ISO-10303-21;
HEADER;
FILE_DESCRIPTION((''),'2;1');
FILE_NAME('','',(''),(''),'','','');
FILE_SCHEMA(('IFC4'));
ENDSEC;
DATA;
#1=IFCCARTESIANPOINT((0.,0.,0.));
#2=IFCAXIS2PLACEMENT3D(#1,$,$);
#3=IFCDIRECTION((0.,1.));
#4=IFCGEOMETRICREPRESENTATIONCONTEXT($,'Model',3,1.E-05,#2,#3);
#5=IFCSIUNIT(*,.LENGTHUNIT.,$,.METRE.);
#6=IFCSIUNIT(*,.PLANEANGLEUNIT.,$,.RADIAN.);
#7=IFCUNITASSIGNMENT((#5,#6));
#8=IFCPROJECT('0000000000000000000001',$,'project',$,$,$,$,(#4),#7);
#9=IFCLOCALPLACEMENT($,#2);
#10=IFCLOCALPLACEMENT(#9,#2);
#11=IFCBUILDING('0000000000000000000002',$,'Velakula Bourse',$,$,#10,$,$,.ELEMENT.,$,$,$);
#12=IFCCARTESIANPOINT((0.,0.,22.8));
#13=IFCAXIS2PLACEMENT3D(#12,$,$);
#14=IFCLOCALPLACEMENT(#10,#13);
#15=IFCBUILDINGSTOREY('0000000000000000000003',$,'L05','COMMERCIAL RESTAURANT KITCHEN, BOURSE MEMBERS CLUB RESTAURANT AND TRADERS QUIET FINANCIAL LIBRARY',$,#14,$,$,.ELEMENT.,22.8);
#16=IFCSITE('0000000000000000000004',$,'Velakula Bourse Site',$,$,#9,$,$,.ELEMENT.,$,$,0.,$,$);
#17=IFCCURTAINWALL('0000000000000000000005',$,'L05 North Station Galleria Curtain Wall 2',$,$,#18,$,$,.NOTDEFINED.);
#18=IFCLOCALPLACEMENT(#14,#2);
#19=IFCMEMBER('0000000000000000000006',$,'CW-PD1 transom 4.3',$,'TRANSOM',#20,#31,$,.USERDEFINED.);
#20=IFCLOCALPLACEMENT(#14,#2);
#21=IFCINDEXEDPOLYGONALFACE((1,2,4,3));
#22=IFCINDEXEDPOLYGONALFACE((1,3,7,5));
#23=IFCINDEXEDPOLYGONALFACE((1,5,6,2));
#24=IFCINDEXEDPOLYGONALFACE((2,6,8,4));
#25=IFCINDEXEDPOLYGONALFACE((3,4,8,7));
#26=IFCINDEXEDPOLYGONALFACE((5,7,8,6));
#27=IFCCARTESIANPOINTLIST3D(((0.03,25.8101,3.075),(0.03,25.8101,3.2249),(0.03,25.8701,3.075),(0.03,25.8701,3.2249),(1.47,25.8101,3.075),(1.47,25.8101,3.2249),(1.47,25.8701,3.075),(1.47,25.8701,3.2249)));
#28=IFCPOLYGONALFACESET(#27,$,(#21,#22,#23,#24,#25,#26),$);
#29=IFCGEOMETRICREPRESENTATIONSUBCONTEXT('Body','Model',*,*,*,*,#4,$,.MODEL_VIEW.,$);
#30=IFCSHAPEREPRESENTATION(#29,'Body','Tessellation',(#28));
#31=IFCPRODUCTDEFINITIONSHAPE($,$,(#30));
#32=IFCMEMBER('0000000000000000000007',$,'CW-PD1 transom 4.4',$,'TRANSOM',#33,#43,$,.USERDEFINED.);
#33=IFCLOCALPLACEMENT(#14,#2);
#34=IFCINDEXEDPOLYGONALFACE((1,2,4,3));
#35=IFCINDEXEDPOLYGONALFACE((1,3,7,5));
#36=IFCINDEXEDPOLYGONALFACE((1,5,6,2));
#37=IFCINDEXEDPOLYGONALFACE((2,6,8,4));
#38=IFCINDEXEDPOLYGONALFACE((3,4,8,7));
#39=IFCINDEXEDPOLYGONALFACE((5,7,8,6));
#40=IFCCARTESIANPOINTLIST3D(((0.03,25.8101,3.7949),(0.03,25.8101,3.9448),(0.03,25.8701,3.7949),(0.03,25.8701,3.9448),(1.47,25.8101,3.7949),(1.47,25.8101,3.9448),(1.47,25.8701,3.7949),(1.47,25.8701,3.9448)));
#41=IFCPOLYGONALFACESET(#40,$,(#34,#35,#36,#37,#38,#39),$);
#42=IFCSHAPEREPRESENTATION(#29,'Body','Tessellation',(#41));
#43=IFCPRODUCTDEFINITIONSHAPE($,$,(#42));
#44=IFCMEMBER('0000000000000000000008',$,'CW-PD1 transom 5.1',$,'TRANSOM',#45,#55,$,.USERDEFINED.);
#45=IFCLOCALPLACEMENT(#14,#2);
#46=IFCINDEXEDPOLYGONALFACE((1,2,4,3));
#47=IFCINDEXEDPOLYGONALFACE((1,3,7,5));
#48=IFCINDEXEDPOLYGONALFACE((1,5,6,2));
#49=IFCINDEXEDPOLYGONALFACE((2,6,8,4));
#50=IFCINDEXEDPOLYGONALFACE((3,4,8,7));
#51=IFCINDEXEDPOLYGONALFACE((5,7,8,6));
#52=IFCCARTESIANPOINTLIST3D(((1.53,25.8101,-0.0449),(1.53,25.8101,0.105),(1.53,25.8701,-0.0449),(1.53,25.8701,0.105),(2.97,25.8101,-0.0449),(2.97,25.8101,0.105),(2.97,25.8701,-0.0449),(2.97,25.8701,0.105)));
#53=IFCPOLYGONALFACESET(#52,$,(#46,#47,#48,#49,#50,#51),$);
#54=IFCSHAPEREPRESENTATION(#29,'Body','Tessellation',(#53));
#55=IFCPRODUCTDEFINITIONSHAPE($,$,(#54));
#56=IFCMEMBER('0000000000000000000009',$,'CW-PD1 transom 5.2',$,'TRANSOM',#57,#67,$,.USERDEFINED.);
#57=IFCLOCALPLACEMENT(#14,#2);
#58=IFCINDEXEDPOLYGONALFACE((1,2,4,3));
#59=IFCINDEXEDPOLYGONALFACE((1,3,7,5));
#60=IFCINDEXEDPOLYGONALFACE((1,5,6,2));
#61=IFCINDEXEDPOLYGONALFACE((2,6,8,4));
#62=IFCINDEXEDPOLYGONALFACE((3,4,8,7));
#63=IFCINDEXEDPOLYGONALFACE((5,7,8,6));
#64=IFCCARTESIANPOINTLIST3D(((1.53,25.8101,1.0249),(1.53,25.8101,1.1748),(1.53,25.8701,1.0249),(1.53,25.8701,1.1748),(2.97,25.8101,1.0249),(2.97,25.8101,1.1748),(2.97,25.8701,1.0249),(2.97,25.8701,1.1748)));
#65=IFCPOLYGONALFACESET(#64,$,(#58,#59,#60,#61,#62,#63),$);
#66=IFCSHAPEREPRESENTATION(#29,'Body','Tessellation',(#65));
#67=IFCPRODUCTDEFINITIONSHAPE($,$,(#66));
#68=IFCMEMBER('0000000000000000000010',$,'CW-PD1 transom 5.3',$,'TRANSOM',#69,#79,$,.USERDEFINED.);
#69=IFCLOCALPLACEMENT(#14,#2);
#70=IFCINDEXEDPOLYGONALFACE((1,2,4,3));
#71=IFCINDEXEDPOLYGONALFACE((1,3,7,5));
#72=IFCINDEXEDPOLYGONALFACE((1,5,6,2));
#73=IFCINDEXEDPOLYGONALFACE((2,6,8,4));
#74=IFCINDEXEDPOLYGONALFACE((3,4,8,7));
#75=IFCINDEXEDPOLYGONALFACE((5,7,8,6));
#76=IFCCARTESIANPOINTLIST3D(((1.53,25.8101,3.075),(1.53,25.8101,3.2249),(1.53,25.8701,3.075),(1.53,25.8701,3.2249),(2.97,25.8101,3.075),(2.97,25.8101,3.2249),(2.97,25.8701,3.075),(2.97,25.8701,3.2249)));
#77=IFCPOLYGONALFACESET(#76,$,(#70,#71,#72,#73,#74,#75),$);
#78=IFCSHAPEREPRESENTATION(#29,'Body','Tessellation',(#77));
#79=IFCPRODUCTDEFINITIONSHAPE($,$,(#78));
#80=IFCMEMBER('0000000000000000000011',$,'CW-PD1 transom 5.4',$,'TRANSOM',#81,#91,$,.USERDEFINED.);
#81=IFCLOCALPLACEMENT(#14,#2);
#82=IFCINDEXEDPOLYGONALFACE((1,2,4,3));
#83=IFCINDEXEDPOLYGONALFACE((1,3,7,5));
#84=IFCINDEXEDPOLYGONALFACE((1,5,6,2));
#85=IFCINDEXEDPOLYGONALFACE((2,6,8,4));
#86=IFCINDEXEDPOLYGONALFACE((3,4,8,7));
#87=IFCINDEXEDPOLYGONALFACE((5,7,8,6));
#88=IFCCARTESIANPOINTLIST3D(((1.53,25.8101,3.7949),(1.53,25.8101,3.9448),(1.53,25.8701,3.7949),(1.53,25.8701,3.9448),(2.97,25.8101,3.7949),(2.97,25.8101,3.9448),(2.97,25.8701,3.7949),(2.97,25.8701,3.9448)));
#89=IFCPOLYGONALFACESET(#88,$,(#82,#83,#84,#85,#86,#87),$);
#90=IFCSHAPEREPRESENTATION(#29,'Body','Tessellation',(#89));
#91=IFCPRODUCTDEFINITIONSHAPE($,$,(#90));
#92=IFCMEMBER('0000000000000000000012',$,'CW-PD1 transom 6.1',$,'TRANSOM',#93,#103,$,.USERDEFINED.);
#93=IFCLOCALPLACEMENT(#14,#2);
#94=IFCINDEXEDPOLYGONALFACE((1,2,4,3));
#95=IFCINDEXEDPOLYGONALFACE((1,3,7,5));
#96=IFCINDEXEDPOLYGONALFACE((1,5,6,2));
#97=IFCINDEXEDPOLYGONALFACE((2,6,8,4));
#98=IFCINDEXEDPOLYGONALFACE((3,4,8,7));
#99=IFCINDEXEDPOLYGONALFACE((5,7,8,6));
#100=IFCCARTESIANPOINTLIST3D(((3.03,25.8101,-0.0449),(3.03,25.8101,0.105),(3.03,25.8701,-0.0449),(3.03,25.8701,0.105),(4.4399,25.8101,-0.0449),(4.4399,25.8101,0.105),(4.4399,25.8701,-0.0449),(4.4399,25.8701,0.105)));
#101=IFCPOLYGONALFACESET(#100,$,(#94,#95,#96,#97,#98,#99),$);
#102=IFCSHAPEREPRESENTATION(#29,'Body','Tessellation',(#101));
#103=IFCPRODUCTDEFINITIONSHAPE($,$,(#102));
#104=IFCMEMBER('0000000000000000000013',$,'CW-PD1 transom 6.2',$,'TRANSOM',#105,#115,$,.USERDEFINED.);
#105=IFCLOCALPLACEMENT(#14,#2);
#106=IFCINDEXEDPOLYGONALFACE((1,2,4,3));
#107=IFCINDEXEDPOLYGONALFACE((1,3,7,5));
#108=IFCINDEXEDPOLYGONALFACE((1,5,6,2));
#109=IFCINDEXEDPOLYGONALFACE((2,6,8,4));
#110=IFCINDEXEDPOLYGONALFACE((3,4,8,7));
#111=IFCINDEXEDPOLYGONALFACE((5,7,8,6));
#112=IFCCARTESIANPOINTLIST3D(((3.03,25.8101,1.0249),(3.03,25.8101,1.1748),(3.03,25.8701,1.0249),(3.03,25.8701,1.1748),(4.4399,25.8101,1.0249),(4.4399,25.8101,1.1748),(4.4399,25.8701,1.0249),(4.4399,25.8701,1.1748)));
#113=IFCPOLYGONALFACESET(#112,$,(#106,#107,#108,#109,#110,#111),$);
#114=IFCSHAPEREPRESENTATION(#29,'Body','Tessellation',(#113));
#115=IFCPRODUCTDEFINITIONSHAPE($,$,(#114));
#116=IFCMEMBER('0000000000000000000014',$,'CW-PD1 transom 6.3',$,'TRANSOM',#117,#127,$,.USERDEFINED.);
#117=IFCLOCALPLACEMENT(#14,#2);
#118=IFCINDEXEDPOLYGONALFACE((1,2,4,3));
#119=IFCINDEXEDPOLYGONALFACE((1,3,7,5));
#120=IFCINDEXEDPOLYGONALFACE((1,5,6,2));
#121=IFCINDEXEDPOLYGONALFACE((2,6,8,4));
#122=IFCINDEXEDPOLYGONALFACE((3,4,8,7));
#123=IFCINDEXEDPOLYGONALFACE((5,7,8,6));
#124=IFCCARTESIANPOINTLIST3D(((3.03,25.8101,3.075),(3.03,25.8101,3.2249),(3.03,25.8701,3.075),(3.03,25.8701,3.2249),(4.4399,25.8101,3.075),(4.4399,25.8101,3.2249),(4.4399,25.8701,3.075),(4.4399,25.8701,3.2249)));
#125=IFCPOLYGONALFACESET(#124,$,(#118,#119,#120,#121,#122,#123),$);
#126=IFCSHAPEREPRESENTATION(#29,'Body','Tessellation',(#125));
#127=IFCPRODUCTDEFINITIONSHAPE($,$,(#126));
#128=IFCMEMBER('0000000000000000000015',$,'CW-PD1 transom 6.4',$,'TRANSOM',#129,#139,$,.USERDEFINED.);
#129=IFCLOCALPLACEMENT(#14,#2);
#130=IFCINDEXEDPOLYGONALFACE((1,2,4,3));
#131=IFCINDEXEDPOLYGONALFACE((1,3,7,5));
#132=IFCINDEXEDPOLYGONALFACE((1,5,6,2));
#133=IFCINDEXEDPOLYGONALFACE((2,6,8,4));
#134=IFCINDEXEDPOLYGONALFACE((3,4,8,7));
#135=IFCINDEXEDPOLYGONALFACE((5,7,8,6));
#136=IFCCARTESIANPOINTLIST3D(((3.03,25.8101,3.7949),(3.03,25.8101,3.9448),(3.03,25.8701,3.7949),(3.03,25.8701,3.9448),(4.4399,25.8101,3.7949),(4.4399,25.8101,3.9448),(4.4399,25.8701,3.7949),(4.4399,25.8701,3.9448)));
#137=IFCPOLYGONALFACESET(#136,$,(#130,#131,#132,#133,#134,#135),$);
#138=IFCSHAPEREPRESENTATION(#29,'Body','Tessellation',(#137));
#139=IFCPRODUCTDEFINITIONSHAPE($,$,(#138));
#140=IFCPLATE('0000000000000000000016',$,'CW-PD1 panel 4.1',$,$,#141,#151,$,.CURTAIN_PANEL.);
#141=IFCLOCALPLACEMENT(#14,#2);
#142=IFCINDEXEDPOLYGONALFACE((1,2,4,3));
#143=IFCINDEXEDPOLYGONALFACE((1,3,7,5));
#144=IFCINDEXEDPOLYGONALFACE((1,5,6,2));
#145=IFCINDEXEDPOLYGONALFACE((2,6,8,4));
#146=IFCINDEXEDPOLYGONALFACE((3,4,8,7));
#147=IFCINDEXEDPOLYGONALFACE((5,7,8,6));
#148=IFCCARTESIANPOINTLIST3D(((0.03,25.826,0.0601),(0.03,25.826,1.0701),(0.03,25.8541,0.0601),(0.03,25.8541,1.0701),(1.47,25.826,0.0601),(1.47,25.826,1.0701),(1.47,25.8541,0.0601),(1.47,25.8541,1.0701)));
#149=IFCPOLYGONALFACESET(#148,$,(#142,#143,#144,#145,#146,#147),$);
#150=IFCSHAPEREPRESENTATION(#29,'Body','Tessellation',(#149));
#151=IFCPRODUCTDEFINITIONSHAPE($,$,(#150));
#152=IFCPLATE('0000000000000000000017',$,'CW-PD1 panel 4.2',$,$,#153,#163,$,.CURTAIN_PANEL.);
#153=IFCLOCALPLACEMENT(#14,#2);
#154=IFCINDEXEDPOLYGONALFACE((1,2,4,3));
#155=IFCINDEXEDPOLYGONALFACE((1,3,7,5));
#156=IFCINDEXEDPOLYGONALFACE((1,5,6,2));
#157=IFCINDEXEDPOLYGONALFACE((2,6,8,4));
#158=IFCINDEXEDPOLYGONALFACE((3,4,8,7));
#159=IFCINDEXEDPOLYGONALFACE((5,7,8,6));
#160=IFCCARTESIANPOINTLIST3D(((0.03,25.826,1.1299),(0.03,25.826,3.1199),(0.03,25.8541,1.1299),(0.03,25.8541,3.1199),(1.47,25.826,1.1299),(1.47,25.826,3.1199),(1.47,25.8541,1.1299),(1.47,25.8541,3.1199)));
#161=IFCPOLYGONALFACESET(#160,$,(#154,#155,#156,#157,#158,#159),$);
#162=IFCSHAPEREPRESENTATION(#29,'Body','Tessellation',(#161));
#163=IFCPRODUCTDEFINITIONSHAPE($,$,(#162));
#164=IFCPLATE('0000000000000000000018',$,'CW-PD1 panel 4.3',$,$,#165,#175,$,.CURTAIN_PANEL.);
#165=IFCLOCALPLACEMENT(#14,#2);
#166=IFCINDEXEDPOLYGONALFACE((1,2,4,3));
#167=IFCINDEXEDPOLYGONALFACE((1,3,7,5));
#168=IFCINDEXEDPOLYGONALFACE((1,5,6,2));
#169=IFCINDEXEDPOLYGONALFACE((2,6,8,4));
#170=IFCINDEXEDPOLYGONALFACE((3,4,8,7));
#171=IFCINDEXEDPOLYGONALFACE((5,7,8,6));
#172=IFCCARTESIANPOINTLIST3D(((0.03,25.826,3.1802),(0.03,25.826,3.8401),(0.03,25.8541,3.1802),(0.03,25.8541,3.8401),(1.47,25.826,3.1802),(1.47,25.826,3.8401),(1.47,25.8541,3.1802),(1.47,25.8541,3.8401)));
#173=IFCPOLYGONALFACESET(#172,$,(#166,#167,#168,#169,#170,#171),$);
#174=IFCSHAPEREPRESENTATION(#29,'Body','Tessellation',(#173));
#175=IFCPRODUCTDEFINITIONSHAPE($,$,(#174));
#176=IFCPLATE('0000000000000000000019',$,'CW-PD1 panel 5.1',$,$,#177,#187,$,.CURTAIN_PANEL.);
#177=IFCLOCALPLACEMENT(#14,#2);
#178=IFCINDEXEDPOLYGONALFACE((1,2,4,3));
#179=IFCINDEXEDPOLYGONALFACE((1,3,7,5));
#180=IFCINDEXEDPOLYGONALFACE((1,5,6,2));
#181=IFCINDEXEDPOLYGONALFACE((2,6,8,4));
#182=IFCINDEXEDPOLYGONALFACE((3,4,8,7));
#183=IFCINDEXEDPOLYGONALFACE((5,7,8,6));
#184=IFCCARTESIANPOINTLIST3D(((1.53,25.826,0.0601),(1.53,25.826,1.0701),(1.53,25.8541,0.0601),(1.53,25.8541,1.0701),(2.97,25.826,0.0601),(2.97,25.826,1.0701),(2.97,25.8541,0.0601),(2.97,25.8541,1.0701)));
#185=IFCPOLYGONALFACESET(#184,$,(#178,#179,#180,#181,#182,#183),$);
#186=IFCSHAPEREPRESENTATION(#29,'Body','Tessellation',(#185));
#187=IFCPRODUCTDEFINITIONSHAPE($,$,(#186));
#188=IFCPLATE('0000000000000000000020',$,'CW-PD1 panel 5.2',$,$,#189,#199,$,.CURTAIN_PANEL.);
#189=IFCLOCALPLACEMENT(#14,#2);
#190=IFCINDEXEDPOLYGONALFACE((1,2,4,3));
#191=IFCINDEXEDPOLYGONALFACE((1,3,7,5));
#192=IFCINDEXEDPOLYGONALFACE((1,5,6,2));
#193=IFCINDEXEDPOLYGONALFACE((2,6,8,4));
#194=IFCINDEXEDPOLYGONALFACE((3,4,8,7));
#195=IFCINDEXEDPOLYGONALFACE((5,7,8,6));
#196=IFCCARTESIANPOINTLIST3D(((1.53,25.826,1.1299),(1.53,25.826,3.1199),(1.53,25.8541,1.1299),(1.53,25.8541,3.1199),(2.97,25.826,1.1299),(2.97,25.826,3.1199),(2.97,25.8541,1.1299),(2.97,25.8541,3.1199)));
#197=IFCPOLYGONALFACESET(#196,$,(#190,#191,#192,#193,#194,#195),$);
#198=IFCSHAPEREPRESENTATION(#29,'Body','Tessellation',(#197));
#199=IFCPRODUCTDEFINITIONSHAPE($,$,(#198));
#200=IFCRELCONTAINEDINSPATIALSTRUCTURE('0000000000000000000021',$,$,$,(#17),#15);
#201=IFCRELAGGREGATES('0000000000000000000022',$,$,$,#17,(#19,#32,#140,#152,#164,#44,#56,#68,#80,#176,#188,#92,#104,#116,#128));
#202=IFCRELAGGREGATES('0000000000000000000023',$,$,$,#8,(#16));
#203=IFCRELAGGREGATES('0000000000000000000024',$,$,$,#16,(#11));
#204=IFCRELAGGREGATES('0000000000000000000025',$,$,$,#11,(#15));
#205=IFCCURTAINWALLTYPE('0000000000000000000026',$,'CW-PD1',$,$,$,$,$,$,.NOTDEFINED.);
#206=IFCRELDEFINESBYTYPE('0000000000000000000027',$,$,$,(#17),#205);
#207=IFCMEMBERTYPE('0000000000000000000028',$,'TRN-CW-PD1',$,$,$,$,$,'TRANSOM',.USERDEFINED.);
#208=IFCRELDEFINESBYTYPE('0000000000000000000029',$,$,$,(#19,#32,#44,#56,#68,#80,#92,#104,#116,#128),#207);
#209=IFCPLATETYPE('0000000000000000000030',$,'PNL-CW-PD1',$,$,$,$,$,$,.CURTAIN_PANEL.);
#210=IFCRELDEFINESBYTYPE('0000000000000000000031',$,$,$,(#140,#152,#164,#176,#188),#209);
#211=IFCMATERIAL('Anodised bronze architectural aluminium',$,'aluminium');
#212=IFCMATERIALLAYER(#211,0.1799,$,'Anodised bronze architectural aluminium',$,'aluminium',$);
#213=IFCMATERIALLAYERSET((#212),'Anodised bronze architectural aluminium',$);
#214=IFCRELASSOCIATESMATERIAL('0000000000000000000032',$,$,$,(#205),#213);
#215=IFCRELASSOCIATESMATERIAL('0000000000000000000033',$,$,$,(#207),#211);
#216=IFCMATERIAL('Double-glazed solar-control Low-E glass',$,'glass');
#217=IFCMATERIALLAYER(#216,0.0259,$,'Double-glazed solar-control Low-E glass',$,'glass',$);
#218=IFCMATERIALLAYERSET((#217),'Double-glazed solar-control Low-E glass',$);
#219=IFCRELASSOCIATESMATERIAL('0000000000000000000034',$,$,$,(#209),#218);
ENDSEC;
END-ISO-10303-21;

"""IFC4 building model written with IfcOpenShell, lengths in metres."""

from ifc_helpers import new_model, si_unit, direction, frame, origin, origin_2d, place, context, subcontext, project, spatial, rectangle, extrude, material, layer, layer_set, material_profile, profile_set, type_object, element, aggregate, save


model = new_model("IFC4")

# Units and contexts
model_context = context("Model", 3, precision=1e-05, world=origin(), true_north=direction((0.0, 1.0)))
body_context = subcontext(model_context, "Body", "Model", "MODEL_VIEW")
ifc_project = project(units=[si_unit("LENGTHUNIT", "METRE"), si_unit("PLANEANGLEUNIT", "RADIAN")], contexts=[model_context])

# Site, building, storey
site_placement = place(None, origin())
site = spatial("IfcSite", under=ifc_project, at=site_placement, Name="Velakula Bourse Site", CompositionType="ELEMENT", RefElevation=0.0)
building_placement = place(site_placement, origin())
building = spatial("IfcBuilding", under=site, at=building_placement, Name="Velakula Bourse", CompositionType="ELEMENT")
storey_placement = place(building_placement, frame((0.0, 0.0, 22.8)))
storey = spatial("IfcBuildingStorey", under=building, at=storey_placement, Name="L05", Description="COMMERCIAL RESTAURANT KITCHEN, BOURSE MEMBERS CLUB RESTAURANT AND TRADERS QUIET FINANCIAL LIBRARY", CompositionType="ELEMENT", Elevation=22.8)

# Curtain wall, members, plates
ifc_material_1 = material(Name="Anodised bronze architectural aluminium", Category="aluminium")
ifc_layer_1 = layer(ifc_material_1, 0.1799, Name="Anodised bronze architectural aluminium", Category="aluminium")
ifc_layer_set_1 = layer_set([ifc_layer_1], Name="Anodised bronze architectural aluminium")
curtain_wall_type = type_object("IfcCurtainWallType", Name="CW-PD1", PredefinedType="NOTDEFINED", material=ifc_layer_set_1)
curtain_wall_placement = place(storey_placement, origin())
curtain_wall = element("IfcCurtainWall", 1, at=curtain_wall_placement, inside=storey, type_object=curtain_wall_type, Name="L05 North Station Galleria Curtain Wall 2", PredefinedType="NOTDEFINED")
ifc_material_profile_1 = material_profile(ifc_material_1, rectangle(XDim=0.0601, YDim=0.1499, at=origin_2d()), Name="Anodised bronze architectural aluminium")
ifc_profile_set_1 = profile_set([ifc_material_profile_1], Name="Anodised bronze architectural aluminium")
member_type_1 = type_object("IfcMemberType", Name="TRN-CW-PD1", ElementType="TRANSOM", PredefinedType="USERDEFINED", material=ifc_profile_set_1)
member_1_placement = place(storey_placement, frame((0.03, 25.8401, 3.1499), z_axis=(1.0, 0.0, 0.0), x_axis=(0.0, 1.0, 0.0)))
member_1 = element("IfcMember", 2, at=member_1_placement, type_object=member_type_1, Name="CW-PD1 transom 4.3", ObjectType="TRANSOM", PredefinedType="USERDEFINED", context=body_context, shape_type="SweptSolid", body=[
    extrude(rectangle(XDim=0.0601, YDim=0.1499, at=origin_2d()), origin(), (0.0, 0.0, 1.0), 1.4399),
])
member_2_placement = place(storey_placement, frame((0.03, 25.8401, 3.8699), z_axis=(1.0, 0.0, 0.0), x_axis=(0.0, 1.0, 0.0)))
member_2 = element("IfcMember", 3, at=member_2_placement, type_object=member_type_1, Name="CW-PD1 transom 4.4", ObjectType="TRANSOM", PredefinedType="USERDEFINED", context=body_context, shape_type="SweptSolid", body=[
    extrude(rectangle(XDim=0.0601, YDim=0.1499, at=origin_2d()), origin(), (0.0, 0.0, 1.0), 1.4399),
])
member_3_placement = place(storey_placement, frame((1.53, 25.8401, 0.03), z_axis=(1.0, 0.0, 0.0), x_axis=(0.0, 1.0, 0.0)))
member_3 = element("IfcMember", 4, at=member_3_placement, type_object=member_type_1, Name="CW-PD1 transom 5.1", ObjectType="TRANSOM", PredefinedType="USERDEFINED", context=body_context, shape_type="SweptSolid", body=[
    extrude(rectangle(XDim=0.0601, YDim=0.1499, at=origin_2d()), origin(), (0.0, 0.0, 1.0), 1.4399),
])
member_4_placement = place(storey_placement, frame((1.53, 25.8401, 1.0999), z_axis=(1.0, 0.0, 0.0), x_axis=(0.0, 1.0, 0.0)))
member_4 = element("IfcMember", 5, at=member_4_placement, type_object=member_type_1, Name="CW-PD1 transom 5.2", ObjectType="TRANSOM", PredefinedType="USERDEFINED", context=body_context, shape_type="SweptSolid", body=[
    extrude(rectangle(XDim=0.0601, YDim=0.1499, at=origin_2d()), origin(), (0.0, 0.0, 1.0), 1.4399),
])
member_5_placement = place(storey_placement, frame((1.53, 25.8401, 3.1499), z_axis=(1.0, 0.0, 0.0), x_axis=(0.0, 1.0, 0.0)))
member_5 = element("IfcMember", 6, at=member_5_placement, type_object=member_type_1, Name="CW-PD1 transom 5.3", ObjectType="TRANSOM", PredefinedType="USERDEFINED", context=body_context, shape_type="SweptSolid", body=[
    extrude(rectangle(XDim=0.0601, YDim=0.1499, at=origin_2d()), origin(), (0.0, 0.0, 1.0), 1.4399),
])
member_6_placement = place(storey_placement, frame((1.53, 25.8401, 3.8699), z_axis=(1.0, 0.0, 0.0), x_axis=(0.0, 1.0, 0.0)))
member_6 = element("IfcMember", 7, at=member_6_placement, type_object=member_type_1, Name="CW-PD1 transom 5.4", ObjectType="TRANSOM", PredefinedType="USERDEFINED", context=body_context, shape_type="SweptSolid", body=[
    extrude(rectangle(XDim=0.0601, YDim=0.1499, at=origin_2d()), origin(), (0.0, 0.0, 1.0), 1.4399),
])
member_7_placement = place(storey_placement, frame((3.03, 25.8401, 0.03), z_axis=(1.0, 0.0, 0.0), x_axis=(0.0, 1.0, 0.0)))
member_7 = element("IfcMember", 8, at=member_7_placement, type_object=member_type_1, Name="CW-PD1 transom 6.1", ObjectType="TRANSOM", PredefinedType="USERDEFINED", context=body_context, shape_type="SweptSolid", body=[
    extrude(rectangle(XDim=0.0601, YDim=0.1499, at=origin_2d()), origin(), (0.0, 0.0, 1.0), 1.4099),
])
member_8_placement = place(storey_placement, frame((3.03, 25.8401, 1.0999), z_axis=(1.0, 0.0, 0.0), x_axis=(0.0, 1.0, 0.0)))
member_8 = element("IfcMember", 9, at=member_8_placement, type_object=member_type_1, Name="CW-PD1 transom 6.2", ObjectType="TRANSOM", PredefinedType="USERDEFINED", context=body_context, shape_type="SweptSolid", body=[
    extrude(rectangle(XDim=0.0601, YDim=0.1499, at=origin_2d()), origin(), (0.0, 0.0, 1.0), 1.4099),
])
member_9_placement = place(storey_placement, frame((3.03, 25.8401, 3.1499), z_axis=(1.0, 0.0, 0.0), x_axis=(0.0, 1.0, 0.0)))
member_9 = element("IfcMember", 10, at=member_9_placement, type_object=member_type_1, Name="CW-PD1 transom 6.3", ObjectType="TRANSOM", PredefinedType="USERDEFINED", context=body_context, shape_type="SweptSolid", body=[
    extrude(rectangle(XDim=0.0601, YDim=0.1499, at=origin_2d()), origin(), (0.0, 0.0, 1.0), 1.4099),
])
member_10_placement = place(storey_placement, frame((3.03, 25.8401, 3.8699), z_axis=(1.0, 0.0, 0.0), x_axis=(0.0, 1.0, 0.0)))
member_10 = element("IfcMember", 11, at=member_10_placement, type_object=member_type_1, Name="CW-PD1 transom 6.4", ObjectType="TRANSOM", PredefinedType="USERDEFINED", context=body_context, shape_type="SweptSolid", body=[
    extrude(rectangle(XDim=0.0601, YDim=0.1499, at=origin_2d()), origin(), (0.0, 0.0, 1.0), 1.4099),
])
ifc_material_2 = material(Name="Double-glazed solar-control Low-E glass", Category="glass")
ifc_layer_2 = layer(ifc_material_2, 0.0259, Name="Double-glazed solar-control Low-E glass", Category="glass")
ifc_layer_set_2 = layer_set([ifc_layer_2], Name="Double-glazed solar-control Low-E glass")
plate_type = type_object("IfcPlateType", Name="PNL-CW-PD1", PredefinedType="CURTAIN_PANEL", material=ifc_layer_set_2)
plate_1_placement = place(storey_placement, frame((0.75, 25.8401, 0.0601), z_axis=(0.0, 0.0, 1.0), x_axis=(1.0, 0.0, 0.0)))
plate_1 = element("IfcPlate", 12, at=plate_1_placement, type_object=plate_type, Name="CW-PD1 panel 4.1", PredefinedType="CURTAIN_PANEL", context=body_context, shape_type="SweptSolid", body=[
    extrude(rectangle(XDim=1.4399, YDim=0.0281, at=origin_2d()), origin(), (0.0, 0.0, 1.0), 1.01),
])
plate_2_placement = place(storey_placement, frame((0.75, 25.8401, 1.1299), z_axis=(0.0, 0.0, 1.0), x_axis=(1.0, 0.0, 0.0)))
plate_2 = element("IfcPlate", 13, at=plate_2_placement, type_object=plate_type, Name="CW-PD1 panel 4.2", PredefinedType="CURTAIN_PANEL", context=body_context, shape_type="SweptSolid", body=[
    extrude(rectangle(XDim=1.4399, YDim=0.0281, at=origin_2d()), origin(), (0.0, 0.0, 1.0), 1.99),
])
plate_3_placement = place(storey_placement, frame((0.75, 25.8401, 3.1802), z_axis=(0.0, 0.0, 1.0), x_axis=(1.0, 0.0, 0.0)))
plate_3 = element("IfcPlate", 14, at=plate_3_placement, type_object=plate_type, Name="CW-PD1 panel 4.3", PredefinedType="CURTAIN_PANEL", context=body_context, shape_type="SweptSolid", body=[
    extrude(rectangle(XDim=1.4399, YDim=0.0281, at=origin_2d()), origin(), (0.0, 0.0, 1.0), 0.6599),
])
plate_4_placement = place(storey_placement, frame((2.25, 25.8401, 0.0601), z_axis=(0.0, 0.0, 1.0), x_axis=(1.0, 0.0, 0.0)))
plate_4 = element("IfcPlate", 15, at=plate_4_placement, type_object=plate_type, Name="CW-PD1 panel 5.1", PredefinedType="CURTAIN_PANEL", context=body_context, shape_type="SweptSolid", body=[
    extrude(rectangle(XDim=1.4399, YDim=0.0281, at=origin_2d()), origin(), (0.0, 0.0, 1.0), 1.01),
])
plate_5_placement = place(storey_placement, frame((2.25, 25.8401, 1.1299), z_axis=(0.0, 0.0, 1.0), x_axis=(1.0, 0.0, 0.0)))
plate_5 = element("IfcPlate", 16, at=plate_5_placement, type_object=plate_type, Name="CW-PD1 panel 5.2", PredefinedType="CURTAIN_PANEL", context=body_context, shape_type="SweptSolid", body=[
    extrude(rectangle(XDim=1.4399, YDim=0.0281, at=origin_2d()), origin(), (0.0, 0.0, 1.0), 1.99),
])
aggregate(curtain_wall, [member_1, member_2, plate_1, plate_2, plate_3, member_3, member_4, member_5, member_6, plate_4, plate_5, member_7, member_8, member_9, member_10])

save(model, "model.ifc")
